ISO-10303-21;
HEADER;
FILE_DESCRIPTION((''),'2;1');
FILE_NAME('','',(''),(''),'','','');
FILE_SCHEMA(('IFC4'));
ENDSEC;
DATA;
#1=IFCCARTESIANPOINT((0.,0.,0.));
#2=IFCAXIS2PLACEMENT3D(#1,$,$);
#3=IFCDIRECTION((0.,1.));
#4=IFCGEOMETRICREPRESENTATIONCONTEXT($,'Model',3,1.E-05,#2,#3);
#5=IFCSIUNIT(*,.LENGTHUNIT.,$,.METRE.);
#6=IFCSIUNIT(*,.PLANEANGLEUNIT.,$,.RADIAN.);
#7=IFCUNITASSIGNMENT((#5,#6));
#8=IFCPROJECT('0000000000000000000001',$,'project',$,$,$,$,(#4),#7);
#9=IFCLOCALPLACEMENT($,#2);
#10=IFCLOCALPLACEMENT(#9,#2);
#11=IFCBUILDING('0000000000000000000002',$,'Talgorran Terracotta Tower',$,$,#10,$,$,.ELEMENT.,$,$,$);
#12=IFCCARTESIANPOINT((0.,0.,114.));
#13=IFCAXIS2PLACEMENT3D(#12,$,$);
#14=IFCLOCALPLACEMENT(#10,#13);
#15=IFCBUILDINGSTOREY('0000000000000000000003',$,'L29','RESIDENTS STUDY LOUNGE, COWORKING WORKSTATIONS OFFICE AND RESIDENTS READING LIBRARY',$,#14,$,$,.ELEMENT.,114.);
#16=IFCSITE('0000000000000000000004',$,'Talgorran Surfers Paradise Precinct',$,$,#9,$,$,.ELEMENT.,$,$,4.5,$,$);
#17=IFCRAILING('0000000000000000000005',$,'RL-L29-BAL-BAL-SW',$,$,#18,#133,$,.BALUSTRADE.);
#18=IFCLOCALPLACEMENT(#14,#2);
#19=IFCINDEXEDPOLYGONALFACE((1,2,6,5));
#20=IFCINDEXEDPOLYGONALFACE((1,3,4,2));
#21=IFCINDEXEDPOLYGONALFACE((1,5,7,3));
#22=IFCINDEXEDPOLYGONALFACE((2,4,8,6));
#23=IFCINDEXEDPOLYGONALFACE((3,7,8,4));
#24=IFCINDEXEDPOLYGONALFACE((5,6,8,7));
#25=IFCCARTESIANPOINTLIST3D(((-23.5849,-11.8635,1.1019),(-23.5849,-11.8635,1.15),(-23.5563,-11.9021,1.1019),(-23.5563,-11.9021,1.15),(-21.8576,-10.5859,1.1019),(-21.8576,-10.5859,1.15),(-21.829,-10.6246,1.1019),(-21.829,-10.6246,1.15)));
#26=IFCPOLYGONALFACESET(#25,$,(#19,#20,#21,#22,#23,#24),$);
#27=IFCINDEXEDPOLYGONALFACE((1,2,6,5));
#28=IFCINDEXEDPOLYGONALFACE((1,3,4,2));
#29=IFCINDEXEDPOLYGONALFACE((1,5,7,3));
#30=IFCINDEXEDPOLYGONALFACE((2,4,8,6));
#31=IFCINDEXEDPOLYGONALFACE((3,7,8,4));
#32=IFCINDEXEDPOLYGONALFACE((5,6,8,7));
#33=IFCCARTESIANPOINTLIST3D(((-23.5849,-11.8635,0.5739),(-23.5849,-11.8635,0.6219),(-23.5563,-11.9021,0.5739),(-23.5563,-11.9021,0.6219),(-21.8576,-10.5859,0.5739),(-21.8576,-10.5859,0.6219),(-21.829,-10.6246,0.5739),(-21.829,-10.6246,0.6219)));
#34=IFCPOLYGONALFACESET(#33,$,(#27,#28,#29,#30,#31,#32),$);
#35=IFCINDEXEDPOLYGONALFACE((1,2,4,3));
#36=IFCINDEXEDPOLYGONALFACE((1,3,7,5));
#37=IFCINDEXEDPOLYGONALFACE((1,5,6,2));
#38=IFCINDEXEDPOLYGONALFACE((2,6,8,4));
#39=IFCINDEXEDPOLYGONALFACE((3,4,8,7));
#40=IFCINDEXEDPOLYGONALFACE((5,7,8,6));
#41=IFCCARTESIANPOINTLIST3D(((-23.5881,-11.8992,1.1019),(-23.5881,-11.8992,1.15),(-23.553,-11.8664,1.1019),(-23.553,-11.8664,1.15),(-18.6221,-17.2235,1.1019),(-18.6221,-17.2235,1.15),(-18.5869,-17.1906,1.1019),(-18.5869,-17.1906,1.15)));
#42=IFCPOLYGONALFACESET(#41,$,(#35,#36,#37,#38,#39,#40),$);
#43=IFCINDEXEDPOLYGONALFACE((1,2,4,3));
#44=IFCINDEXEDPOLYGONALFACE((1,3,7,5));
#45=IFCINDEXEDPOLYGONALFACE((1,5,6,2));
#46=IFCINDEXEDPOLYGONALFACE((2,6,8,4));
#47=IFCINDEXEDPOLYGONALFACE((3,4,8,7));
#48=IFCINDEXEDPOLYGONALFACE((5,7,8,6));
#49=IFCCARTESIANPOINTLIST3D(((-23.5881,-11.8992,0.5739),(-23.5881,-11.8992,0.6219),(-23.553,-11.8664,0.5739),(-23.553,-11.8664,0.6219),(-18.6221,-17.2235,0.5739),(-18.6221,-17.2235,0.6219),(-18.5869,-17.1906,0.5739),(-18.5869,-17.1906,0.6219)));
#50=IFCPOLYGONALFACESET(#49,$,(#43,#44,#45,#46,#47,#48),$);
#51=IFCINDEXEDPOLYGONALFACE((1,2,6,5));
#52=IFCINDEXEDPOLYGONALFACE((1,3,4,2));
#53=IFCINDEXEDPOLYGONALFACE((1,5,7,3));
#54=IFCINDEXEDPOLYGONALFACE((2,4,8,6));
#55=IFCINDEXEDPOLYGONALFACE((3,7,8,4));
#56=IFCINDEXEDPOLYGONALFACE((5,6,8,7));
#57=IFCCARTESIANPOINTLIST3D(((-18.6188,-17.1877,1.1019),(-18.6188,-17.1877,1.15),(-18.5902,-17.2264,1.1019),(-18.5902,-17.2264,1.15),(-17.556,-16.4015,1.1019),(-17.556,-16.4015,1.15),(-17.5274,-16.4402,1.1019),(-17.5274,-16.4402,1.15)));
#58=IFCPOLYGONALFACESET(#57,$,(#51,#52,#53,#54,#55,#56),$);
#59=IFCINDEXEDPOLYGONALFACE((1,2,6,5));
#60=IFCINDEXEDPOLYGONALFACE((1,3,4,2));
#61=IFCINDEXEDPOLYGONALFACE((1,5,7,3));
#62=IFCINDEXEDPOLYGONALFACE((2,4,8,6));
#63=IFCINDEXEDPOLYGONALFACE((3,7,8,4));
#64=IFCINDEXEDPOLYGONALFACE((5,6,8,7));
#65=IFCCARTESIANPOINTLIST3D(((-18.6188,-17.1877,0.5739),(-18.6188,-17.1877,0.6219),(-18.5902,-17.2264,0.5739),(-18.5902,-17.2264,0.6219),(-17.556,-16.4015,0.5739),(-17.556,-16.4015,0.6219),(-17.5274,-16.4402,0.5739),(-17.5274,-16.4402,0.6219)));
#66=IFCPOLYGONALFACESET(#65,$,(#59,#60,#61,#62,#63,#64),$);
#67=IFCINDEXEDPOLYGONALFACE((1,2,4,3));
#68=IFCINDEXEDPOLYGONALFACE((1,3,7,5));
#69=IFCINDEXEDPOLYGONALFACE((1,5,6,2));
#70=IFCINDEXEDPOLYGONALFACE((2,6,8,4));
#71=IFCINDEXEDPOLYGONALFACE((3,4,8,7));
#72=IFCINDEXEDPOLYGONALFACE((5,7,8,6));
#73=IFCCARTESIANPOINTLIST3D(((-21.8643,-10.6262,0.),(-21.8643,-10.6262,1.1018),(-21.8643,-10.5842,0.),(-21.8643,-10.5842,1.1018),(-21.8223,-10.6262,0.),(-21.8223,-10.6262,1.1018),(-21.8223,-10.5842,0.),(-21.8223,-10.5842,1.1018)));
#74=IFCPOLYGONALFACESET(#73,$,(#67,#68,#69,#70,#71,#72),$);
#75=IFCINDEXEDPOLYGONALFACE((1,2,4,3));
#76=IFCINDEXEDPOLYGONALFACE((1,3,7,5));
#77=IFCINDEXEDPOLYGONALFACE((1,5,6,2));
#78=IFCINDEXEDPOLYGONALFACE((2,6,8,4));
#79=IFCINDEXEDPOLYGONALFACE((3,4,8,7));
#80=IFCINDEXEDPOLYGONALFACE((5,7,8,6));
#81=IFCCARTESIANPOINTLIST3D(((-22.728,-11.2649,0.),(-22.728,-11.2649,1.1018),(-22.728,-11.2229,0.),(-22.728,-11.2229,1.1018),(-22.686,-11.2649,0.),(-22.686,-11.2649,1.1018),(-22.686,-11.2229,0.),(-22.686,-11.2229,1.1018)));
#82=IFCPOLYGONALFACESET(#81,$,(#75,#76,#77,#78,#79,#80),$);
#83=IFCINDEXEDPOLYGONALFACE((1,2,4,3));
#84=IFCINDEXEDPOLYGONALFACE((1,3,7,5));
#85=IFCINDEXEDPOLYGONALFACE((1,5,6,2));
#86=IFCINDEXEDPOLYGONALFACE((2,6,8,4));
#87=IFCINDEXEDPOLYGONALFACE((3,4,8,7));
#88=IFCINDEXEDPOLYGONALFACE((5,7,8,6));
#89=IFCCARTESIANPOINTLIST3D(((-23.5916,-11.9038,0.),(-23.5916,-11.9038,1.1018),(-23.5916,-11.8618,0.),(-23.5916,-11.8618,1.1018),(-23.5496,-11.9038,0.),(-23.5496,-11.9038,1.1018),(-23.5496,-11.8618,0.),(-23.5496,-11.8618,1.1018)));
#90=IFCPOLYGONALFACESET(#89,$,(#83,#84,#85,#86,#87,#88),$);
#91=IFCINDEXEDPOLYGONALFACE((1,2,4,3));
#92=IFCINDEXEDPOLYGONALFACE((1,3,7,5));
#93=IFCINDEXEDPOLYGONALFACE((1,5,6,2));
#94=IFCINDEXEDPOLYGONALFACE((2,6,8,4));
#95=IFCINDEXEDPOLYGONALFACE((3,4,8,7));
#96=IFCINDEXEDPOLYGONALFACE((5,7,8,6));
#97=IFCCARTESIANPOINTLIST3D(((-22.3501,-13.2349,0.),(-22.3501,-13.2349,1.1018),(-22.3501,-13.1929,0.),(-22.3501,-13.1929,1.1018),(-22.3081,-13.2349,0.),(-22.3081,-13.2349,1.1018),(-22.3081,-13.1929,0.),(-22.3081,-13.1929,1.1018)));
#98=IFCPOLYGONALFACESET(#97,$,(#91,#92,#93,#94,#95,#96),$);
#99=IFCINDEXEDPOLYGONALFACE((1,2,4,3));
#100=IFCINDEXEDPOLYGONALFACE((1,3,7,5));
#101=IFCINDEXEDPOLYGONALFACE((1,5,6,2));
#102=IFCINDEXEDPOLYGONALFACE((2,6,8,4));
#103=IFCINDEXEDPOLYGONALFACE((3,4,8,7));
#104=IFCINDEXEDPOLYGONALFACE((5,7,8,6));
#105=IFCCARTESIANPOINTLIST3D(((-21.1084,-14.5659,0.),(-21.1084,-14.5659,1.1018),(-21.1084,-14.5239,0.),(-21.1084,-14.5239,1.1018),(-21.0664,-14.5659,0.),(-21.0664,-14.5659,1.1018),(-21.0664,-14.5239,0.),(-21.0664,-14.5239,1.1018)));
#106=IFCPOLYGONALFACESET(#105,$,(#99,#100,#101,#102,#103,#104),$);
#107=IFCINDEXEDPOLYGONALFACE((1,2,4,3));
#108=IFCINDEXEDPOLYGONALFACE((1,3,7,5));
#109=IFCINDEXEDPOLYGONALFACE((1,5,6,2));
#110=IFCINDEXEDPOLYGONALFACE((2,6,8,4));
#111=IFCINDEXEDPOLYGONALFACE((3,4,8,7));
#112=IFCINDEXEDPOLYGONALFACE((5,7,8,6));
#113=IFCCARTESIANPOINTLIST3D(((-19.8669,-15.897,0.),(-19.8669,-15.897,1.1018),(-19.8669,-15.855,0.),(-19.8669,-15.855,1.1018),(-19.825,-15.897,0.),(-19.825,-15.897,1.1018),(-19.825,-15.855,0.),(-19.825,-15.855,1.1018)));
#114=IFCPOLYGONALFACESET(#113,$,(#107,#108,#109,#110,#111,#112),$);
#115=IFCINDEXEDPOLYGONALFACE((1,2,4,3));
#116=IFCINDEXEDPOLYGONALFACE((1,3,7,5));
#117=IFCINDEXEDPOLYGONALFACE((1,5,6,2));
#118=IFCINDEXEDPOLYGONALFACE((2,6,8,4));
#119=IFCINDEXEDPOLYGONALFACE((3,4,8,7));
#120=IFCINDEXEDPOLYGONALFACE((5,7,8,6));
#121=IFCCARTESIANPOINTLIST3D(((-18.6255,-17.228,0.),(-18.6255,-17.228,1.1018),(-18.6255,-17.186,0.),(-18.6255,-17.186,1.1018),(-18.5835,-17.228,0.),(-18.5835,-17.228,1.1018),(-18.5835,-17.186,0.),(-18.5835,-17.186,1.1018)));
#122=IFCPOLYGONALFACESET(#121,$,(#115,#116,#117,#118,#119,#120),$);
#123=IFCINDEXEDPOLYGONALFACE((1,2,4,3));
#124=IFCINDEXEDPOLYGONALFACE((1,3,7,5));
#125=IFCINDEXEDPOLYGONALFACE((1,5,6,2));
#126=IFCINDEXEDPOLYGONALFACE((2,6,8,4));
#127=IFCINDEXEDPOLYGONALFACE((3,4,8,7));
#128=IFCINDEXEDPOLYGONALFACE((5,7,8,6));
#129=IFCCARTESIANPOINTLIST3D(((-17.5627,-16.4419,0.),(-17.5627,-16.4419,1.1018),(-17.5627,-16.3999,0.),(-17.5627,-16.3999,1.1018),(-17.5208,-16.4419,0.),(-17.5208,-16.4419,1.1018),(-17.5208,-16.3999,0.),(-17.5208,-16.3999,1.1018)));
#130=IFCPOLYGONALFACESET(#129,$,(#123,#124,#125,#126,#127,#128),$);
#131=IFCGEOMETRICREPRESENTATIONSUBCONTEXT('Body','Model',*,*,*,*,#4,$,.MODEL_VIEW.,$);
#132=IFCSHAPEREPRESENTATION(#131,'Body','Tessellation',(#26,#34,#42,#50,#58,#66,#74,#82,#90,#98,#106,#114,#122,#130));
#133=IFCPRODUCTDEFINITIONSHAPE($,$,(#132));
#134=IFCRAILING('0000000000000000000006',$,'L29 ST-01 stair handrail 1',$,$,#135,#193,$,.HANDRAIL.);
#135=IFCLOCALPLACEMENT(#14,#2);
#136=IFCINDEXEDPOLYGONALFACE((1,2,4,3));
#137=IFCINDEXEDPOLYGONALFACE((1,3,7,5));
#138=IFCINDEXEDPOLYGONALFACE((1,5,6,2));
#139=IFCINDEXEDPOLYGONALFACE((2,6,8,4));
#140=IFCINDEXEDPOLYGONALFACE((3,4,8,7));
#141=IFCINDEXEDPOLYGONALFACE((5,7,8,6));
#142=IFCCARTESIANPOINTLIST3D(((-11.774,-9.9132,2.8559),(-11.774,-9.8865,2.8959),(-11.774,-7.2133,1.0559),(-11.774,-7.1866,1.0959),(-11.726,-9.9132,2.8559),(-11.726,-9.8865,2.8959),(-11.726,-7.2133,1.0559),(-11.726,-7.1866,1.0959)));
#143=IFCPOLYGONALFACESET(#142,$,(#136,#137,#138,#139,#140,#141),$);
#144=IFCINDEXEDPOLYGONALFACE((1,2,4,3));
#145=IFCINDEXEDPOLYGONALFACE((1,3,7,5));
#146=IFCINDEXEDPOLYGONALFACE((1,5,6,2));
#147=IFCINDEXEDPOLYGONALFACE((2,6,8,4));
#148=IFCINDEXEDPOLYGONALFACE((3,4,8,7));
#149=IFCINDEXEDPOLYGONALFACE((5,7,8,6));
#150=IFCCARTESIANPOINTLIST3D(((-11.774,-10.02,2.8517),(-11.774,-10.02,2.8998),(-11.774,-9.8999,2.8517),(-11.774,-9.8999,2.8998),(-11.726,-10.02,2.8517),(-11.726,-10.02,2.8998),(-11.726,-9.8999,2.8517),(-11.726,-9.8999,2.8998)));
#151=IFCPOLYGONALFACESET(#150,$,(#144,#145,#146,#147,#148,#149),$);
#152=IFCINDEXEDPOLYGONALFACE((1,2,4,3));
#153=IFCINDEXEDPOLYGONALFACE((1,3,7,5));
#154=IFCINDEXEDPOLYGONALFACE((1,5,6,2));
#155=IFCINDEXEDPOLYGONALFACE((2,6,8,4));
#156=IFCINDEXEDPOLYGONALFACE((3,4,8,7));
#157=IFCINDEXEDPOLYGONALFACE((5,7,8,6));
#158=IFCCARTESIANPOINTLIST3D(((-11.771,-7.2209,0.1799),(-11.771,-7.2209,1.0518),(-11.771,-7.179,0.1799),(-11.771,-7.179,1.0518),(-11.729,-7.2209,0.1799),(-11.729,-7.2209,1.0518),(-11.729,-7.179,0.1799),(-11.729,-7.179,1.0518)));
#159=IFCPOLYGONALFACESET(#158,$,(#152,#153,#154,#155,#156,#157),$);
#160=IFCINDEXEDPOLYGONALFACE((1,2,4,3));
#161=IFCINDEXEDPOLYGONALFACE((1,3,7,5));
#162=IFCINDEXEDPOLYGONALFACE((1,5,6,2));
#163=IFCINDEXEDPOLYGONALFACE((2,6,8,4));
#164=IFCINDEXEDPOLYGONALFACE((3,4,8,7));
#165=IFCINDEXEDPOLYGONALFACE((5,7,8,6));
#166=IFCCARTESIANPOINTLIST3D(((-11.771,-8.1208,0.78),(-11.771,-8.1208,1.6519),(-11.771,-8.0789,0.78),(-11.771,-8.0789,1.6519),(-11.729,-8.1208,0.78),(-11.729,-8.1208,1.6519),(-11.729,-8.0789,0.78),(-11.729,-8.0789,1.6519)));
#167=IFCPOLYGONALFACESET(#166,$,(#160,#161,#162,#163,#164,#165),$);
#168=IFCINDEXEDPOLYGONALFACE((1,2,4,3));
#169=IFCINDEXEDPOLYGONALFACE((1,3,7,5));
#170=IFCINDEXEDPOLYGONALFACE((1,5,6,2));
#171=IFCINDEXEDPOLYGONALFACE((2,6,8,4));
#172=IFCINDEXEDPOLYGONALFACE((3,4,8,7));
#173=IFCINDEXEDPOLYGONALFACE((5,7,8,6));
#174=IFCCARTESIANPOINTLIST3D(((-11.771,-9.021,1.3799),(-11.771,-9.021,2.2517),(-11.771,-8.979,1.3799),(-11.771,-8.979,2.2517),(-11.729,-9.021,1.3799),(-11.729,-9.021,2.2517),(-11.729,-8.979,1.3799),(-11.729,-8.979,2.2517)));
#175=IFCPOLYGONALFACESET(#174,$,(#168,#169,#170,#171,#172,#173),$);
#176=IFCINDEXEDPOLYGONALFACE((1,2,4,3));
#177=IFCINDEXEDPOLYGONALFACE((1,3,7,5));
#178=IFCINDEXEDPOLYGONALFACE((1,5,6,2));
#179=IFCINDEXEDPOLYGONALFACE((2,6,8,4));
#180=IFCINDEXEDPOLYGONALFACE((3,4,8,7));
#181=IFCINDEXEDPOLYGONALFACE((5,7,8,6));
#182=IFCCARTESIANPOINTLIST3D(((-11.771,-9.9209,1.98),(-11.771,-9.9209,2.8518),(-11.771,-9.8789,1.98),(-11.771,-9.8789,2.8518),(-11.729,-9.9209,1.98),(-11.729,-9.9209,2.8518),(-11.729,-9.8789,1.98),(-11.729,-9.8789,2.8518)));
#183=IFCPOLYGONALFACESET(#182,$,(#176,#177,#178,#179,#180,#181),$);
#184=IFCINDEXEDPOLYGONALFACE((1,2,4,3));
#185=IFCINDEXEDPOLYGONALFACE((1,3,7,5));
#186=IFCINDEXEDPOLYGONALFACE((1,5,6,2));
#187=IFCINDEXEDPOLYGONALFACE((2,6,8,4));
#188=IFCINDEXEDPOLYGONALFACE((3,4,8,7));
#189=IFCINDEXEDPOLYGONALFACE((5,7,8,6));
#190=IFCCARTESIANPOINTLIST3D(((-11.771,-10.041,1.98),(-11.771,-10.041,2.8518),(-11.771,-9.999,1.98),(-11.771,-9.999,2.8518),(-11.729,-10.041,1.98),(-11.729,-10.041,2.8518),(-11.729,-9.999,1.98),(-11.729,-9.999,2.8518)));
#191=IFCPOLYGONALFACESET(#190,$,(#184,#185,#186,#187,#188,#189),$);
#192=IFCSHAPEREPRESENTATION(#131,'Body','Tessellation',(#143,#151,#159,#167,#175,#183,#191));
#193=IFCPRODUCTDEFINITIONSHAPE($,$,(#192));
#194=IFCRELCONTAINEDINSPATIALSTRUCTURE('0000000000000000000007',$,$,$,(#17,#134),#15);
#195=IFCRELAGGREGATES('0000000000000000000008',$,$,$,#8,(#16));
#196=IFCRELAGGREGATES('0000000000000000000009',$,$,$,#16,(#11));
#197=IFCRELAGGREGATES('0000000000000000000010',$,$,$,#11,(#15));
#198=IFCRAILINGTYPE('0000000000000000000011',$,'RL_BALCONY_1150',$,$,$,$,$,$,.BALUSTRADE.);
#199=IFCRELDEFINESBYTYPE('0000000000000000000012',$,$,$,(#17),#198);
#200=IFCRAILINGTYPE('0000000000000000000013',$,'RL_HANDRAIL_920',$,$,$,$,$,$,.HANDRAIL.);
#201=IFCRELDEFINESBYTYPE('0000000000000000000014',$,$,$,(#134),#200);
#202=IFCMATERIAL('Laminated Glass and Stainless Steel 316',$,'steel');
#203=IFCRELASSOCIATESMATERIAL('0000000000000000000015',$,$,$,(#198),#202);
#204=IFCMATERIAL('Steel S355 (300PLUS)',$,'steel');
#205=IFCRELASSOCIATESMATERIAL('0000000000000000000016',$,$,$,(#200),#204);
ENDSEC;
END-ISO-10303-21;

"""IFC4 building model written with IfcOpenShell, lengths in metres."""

from ifc_helpers import new_model, si_unit, direction, frame, origin, origin_2d, place, context, subcontext, project, spatial, rectangle, extrude, material, type_object, element, save


model = new_model("IFC4")

# Units and contexts
model_context = context("Model", 3, precision=1e-05, world=origin(), true_north=direction((0.0, 1.0)))
body_context = subcontext(model_context, "Body", "Model", "MODEL_VIEW")
ifc_project = project(units=[si_unit("LENGTHUNIT", "METRE"), si_unit("PLANEANGLEUNIT", "RADIAN")], contexts=[model_context])

# Site, building, storey
site_placement = place(None, origin())
site = spatial("IfcSite", under=ifc_project, at=site_placement, Name="Talgorran Surfers Paradise Precinct", CompositionType="ELEMENT", RefElevation=4.5)
building_placement = place(site_placement, origin())
building = spatial("IfcBuilding", under=site, at=building_placement, Name="Talgorran Terracotta Tower", CompositionType="ELEMENT")
storey_placement = place(building_placement, frame((0.0, 0.0, 114.0)))
storey = spatial("IfcBuildingStorey", under=building, at=storey_placement, Name="L29", Description="RESIDENTS STUDY LOUNGE, COWORKING WORKSTATIONS OFFICE AND RESIDENTS READING LIBRARY", CompositionType="ELEMENT", Elevation=114.0)

# Shared definitions
ifc_material_1 = material(Name="Steel S355 (300PLUS)", Category="steel")

# Railings
ifc_material_2 = material(Name="Laminated Glass and Stainless Steel 316", Category="steel")
railing_type_1 = type_object("IfcRailingType", Name="RL_BALCONY_1150", PredefinedType="BALUSTRADE", material=ifc_material_2)
railing_1_placement = place(storey_placement, frame((-21.8433, -10.6052, 0.0)))
element("IfcRailing", 1, at=railing_1_placement, inside=storey, type_object=railing_type_1, Name="RL-L29-BAL-BAL-SW", PredefinedType="BALUSTRADE", context=body_context, shape_type="SweptSolid", body=[
    extrude(rectangle(XDim=0.0481, YDim=0.0481, at=origin_2d()), frame((0.0, 0.0, 1.126), z_axis=(-0.803978, -0.594659, 0.0), x_axis=(0.594659, -0.803978, 0.0)), (0.0, 0.0, 1.0), 2.1484),
    extrude(rectangle(XDim=0.0481, YDim=0.0481, at=origin_2d()), frame((0.0, 0.0, 0.5979), z_axis=(-0.803978, -0.594659, 0.0), x_axis=(0.594659, -0.803978, 0.0)), (0.0, 0.0, 1.0), 2.1484),
    extrude(rectangle(XDim=0.0481, YDim=0.0481, at=origin_2d()), frame((-1.7273, -1.2776, 1.126), z_axis=(0.682083, -0.731275, 0.0), x_axis=(0.731275, 0.682083, 0.0)), (0.0, 0.0, 1.0), 7.2808),
    extrude(rectangle(XDim=0.0481, YDim=0.0481, at=origin_2d()), frame((-1.7273, -1.2776, 0.5979), z_axis=(0.682083, -0.731275, 0.0), x_axis=(0.731275, 0.682083, 0.0)), (0.0, 0.0, 1.0), 7.2808),
    extrude(rectangle(XDim=0.0481, YDim=0.0481, at=origin_2d()), frame((3.2388, -6.6018, 1.126), z_axis=(0.80395, 0.594697, 0.0), x_axis=(-0.594697, 0.80395, 0.0)), (0.0, 0.0, 1.0), 1.322),
    extrude(rectangle(XDim=0.0481, YDim=0.0481, at=origin_2d()), frame((3.2388, -6.6018, 0.5979), z_axis=(0.80395, 0.594697, 0.0), x_axis=(-0.594697, 0.80395, 0.0)), (0.0, 0.0, 1.0), 1.322),
    extrude(rectangle(XDim=0.042, YDim=0.042, at=origin_2d()), origin(), (0.0, 0.0, 1.0), 1.1018),
    extrude(rectangle(XDim=0.042, YDim=0.042, at=origin_2d()), frame((-0.8638, -0.6387, 0.0)), (0.0, 0.0, 1.0), 1.1018),
    extrude(rectangle(XDim=0.042, YDim=0.042, at=origin_2d()), frame((-1.7273, -1.2776, 0.0)), (0.0, 0.0, 1.0), 1.1018),
    extrude(rectangle(XDim=0.042, YDim=0.042, at=origin_2d()), frame((-0.4858, -2.6086, 0.0)), (0.0, 0.0, 1.0), 1.1018),
    extrude(rectangle(XDim=0.042, YDim=0.042, at=origin_2d()), frame((0.7559, -3.9397, 0.0)), (0.0, 0.0, 1.0), 1.1018),
    extrude(rectangle(XDim=0.042, YDim=0.042, at=origin_2d()), frame((1.9973, -5.2708, 0.0)), (0.0, 0.0, 1.0), 1.1018),
    extrude(rectangle(XDim=0.042, YDim=0.042, at=origin_2d()), frame((3.2388, -6.6018, 0.0)), (0.0, 0.0, 1.0), 1.1018),
    extrude(rectangle(XDim=0.042, YDim=0.042, at=origin_2d()), frame((4.3015, -5.8157, 0.0)), (0.0, 0.0, 1.0), 1.1018),
])
railing_type_2 = type_object("IfcRailingType", Name="RL_HANDRAIL_920", PredefinedType="HANDRAIL", material=ifc_material_1)
railing_2_placement = place(storey_placement, frame((-11.75, -7.2, 0.1799)))
element("IfcRailing", 2, at=railing_2_placement, inside=storey, type_object=railing_type_2, Name="L29 ST-01 stair handrail 1", PredefinedType="HANDRAIL", context=body_context, shape_type="SweptSolid", body=[
    extrude(rectangle(XDim=0.0481, YDim=0.0481, at=origin_2d()), frame((0.0, 0.0, 0.896), z_axis=(0.0, -0.832039, 0.554718), x_axis=(1.0, 0.0, 0.0)), (0.0, 0.0, 1.0), 3.2449),
    extrude(rectangle(XDim=0.0481, YDim=0.0481, at=origin_2d()), frame((0.0, -2.7, 2.6958), z_axis=(0.0, -1.0, 0.0), x_axis=(1.0, 0.0, 0.0)), (0.0, 0.0, 1.0), 0.1201),
    extrude(rectangle(XDim=0.042, YDim=0.042, at=origin_2d()), origin(), (0.0, 0.0, 1.0), 0.8718),
    extrude(rectangle(XDim=0.042, YDim=0.042, at=origin_2d()), frame((0.0, -0.8999, 0.6001)), (0.0, 0.0, 1.0), 0.8718),
    extrude(rectangle(XDim=0.042, YDim=0.042, at=origin_2d()), frame((0.0, -1.8, 1.2)), (0.0, 0.0, 1.0), 0.8718),
    extrude(rectangle(XDim=0.042, YDim=0.042, at=origin_2d()), frame((0.0, -2.7, 1.8)), (0.0, 0.0, 1.0), 0.8718),
    extrude(rectangle(XDim=0.042, YDim=0.042, at=origin_2d()), frame((0.0, -2.8201, 1.8)), (0.0, 0.0, 1.0), 0.8718),
])

save(model, "model.ifc")
